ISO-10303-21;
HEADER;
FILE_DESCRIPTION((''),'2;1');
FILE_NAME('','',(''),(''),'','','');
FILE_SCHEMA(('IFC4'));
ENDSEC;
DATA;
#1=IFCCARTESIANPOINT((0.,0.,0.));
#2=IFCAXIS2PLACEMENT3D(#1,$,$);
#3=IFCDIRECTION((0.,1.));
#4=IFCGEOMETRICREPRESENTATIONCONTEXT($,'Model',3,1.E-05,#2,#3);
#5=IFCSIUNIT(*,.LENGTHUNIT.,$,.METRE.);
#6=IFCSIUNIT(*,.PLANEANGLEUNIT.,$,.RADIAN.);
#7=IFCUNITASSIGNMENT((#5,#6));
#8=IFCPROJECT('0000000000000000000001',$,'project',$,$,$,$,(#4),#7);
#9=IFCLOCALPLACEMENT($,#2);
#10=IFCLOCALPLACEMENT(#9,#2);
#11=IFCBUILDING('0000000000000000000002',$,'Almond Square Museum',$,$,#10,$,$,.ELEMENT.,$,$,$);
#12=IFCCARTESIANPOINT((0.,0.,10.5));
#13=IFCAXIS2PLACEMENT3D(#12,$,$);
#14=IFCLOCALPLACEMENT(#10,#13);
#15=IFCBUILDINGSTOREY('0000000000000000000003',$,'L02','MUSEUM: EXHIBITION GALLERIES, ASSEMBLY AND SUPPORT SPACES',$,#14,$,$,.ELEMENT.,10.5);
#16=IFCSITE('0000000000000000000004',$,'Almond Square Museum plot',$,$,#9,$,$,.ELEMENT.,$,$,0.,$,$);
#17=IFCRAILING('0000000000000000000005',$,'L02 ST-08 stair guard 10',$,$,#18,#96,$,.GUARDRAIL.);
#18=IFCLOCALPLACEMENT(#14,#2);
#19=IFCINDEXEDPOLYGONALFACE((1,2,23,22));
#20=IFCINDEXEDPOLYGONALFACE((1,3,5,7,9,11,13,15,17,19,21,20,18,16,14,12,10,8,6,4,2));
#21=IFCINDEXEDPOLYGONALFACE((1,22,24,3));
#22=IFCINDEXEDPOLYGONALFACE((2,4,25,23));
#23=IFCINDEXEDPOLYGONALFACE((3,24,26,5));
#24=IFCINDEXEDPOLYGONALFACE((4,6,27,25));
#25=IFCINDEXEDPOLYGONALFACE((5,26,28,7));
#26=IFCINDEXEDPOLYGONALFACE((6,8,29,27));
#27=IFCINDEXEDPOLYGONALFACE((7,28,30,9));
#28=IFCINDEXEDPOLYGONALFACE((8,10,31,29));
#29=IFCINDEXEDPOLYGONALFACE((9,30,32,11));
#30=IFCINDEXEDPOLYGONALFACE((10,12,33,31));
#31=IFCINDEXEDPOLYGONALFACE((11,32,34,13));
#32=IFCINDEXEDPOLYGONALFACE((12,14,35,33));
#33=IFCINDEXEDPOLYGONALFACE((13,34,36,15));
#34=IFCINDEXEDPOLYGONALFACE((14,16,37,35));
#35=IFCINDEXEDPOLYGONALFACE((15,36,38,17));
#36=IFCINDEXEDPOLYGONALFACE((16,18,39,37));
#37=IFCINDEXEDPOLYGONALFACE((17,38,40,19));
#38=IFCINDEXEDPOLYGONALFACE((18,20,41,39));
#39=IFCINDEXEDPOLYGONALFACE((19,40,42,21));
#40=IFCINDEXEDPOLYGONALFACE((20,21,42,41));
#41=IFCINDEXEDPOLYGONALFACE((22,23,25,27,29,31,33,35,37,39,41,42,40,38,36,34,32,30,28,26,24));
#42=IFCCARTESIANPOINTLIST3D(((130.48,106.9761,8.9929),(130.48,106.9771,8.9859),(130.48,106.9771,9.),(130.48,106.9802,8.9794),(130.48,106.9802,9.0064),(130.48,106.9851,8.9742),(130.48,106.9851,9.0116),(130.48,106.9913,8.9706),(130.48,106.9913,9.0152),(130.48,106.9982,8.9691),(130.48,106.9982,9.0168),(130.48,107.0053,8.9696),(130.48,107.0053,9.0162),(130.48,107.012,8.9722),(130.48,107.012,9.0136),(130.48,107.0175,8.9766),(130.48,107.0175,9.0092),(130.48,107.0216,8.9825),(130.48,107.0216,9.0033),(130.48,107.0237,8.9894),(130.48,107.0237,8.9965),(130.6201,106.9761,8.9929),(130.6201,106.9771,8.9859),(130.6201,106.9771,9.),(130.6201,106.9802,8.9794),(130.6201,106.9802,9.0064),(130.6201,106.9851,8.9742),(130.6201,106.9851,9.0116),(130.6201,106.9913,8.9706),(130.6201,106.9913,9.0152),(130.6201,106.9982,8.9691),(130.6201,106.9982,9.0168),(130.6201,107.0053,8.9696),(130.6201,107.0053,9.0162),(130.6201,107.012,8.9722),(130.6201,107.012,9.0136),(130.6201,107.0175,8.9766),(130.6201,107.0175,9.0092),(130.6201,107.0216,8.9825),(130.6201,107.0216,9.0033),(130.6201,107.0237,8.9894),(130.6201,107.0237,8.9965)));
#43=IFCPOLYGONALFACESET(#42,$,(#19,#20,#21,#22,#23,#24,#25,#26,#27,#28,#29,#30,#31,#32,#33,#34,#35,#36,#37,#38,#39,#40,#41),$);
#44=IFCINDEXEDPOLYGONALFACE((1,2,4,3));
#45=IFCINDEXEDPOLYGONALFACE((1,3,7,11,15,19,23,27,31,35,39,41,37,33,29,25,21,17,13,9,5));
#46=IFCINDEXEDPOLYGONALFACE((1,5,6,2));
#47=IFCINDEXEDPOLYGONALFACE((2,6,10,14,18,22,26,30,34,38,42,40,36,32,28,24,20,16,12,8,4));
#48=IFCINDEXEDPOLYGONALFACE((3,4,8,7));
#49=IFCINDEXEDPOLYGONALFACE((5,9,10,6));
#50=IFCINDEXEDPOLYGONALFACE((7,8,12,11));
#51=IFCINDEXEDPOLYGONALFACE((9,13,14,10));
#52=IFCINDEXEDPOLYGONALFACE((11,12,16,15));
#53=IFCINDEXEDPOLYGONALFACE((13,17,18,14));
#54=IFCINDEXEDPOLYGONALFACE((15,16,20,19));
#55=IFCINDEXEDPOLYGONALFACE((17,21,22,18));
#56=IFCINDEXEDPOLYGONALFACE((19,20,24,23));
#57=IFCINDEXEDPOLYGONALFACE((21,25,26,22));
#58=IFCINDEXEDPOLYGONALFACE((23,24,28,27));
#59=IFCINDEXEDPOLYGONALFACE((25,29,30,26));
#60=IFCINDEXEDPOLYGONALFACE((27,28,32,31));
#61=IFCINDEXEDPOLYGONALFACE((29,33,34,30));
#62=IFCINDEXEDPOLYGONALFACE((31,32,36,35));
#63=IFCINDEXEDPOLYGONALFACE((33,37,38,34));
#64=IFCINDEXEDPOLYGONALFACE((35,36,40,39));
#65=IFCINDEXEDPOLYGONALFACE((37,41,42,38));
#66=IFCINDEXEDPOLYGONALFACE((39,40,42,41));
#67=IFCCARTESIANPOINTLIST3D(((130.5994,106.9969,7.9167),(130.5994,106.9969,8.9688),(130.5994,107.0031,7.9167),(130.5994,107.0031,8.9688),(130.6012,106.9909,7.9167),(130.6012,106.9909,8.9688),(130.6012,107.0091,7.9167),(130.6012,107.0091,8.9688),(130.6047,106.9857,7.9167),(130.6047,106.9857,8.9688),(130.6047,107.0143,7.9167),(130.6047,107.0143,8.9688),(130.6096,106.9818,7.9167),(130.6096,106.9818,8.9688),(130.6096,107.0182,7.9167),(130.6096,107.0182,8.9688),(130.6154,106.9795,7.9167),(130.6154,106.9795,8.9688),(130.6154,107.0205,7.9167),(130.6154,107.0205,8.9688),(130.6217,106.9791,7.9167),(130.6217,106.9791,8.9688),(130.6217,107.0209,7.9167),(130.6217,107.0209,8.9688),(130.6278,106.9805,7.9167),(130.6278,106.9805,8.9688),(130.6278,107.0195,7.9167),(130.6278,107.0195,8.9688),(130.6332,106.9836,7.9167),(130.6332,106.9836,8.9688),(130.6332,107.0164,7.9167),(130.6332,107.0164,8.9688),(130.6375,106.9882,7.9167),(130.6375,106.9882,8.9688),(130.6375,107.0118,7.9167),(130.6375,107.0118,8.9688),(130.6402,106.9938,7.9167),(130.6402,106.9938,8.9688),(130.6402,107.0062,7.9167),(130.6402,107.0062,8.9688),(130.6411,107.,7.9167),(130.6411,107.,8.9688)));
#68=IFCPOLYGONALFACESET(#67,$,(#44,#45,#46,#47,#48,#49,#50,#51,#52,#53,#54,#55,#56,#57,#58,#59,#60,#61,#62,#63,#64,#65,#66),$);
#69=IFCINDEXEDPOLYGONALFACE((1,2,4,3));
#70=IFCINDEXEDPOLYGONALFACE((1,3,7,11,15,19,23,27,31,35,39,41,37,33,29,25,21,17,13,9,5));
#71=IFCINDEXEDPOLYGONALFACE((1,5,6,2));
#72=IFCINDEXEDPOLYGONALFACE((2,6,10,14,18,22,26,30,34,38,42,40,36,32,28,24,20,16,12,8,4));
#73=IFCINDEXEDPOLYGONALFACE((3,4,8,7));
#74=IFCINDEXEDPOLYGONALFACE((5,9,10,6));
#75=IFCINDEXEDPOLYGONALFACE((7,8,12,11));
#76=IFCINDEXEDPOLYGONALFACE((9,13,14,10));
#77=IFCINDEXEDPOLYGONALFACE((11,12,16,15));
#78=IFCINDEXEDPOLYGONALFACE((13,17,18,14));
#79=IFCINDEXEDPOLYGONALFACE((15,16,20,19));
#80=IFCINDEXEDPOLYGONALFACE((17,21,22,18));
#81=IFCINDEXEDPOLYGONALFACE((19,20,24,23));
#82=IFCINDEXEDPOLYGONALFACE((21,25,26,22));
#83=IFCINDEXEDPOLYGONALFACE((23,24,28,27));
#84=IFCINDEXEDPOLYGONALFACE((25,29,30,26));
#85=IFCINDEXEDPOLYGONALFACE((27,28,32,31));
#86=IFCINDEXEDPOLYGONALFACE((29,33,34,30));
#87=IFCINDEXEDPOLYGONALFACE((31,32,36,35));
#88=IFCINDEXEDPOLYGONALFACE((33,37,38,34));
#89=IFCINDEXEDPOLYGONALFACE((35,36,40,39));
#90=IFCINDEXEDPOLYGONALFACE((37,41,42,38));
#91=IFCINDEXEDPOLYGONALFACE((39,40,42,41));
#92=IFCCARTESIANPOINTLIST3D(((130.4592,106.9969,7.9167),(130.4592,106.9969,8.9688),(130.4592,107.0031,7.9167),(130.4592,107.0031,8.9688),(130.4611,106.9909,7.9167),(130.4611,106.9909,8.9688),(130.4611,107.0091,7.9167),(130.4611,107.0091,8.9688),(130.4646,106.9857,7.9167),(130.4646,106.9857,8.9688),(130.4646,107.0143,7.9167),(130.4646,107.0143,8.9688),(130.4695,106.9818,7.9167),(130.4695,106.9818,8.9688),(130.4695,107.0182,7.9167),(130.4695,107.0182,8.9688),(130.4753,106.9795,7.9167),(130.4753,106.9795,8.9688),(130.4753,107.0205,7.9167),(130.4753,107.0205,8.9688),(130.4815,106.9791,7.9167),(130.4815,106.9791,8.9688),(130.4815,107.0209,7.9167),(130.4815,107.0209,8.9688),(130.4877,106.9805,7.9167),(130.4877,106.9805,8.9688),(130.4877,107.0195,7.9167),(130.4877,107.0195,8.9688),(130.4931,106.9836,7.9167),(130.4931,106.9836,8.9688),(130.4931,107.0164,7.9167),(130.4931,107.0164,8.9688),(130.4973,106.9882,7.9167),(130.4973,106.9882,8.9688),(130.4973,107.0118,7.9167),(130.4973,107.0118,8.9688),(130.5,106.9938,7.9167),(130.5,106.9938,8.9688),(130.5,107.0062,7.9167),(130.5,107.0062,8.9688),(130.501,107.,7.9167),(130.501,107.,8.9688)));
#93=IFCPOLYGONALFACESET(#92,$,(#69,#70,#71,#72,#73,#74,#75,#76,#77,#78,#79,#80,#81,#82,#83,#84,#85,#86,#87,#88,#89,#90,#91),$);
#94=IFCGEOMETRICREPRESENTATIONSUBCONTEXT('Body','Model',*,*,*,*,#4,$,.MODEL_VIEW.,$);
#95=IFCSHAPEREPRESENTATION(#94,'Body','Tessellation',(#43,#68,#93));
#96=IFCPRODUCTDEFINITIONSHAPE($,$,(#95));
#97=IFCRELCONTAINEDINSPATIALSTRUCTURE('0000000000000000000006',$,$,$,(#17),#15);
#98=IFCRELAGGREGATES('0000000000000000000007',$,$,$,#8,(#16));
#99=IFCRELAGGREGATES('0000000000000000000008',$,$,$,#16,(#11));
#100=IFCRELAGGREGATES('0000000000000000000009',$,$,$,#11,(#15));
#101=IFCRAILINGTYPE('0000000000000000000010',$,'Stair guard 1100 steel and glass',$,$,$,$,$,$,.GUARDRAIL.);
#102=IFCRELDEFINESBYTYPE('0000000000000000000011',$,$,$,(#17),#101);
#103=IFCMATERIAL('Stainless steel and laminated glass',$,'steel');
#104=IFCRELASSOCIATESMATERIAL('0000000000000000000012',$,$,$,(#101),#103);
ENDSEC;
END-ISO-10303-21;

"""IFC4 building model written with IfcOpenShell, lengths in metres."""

from ifc_helpers import new_model, si_unit, direction, frame, origin, origin_2d, place, context, subcontext, project, spatial, circle, extrude, material, type_object, element, save


model = new_model("IFC4")

# Units and contexts
model_context = context("Model", 3, precision=1e-05, world=origin(), true_north=direction((0.0, 1.0)))
body_context = subcontext(model_context, "Body", "Model", "MODEL_VIEW")
ifc_project = project(units=[si_unit("LENGTHUNIT", "METRE"), si_unit("PLANEANGLEUNIT", "RADIAN")], contexts=[model_context])

# Site, building, storey
site_placement = place(None, origin())
site = spatial("IfcSite", under=ifc_project, at=site_placement, Name="Almond Square Museum plot", CompositionType="ELEMENT", RefElevation=0.0)
building_placement = place(site_placement, origin())
building = spatial("IfcBuilding", under=site, at=building_placement, Name="Almond Square Museum", CompositionType="ELEMENT")
storey_placement = place(building_placement, frame((0.0, 0.0, 10.5)))
storey = spatial("IfcBuildingStorey", under=building, at=storey_placement, Name="L02", Description="MUSEUM: EXHIBITION GALLERIES, ASSEMBLY AND SUPPORT SPACES", CompositionType="ELEMENT", Elevation=10.5)

# Railing
ifc_material_1 = material(Name="Stainless steel and laminated glass", Category="steel")
railing_type_1 = type_object("IfcRailingType", Name="Stair guard 1100 steel and glass", PredefinedType="GUARDRAIL", material=ifc_material_1)
railing_1_placement = place(storey_placement, frame((130.6201, 107.0, 7.9167)))
element("IfcRailing", 1, at=railing_1_placement, inside=storey, type_object=railing_type_1, Name="L02 ST-08 stair guard 10", PredefinedType="GUARDRAIL", context=body_context, shape_type="SweptSolid", body=[
    extrude(circle(Radius=0.0239, at=origin_2d()), frame((0.0, 0.0, 1.0762), z_axis=(-1.0, 0.0, 0.0), x_axis=(0.0, -1.0, 0.0)), (0.0, 0.0, 1.0), 0.1401),
    extrude(circle(Radius=0.021, at=origin_2d()), origin(), (0.0, 0.0, 1.0), 1.052),
    extrude(circle(Radius=0.021, at=origin_2d()), frame((-0.1401, 0.0, 0.0)), (0.0, 0.0, 1.0), 1.052),
])

save(model, "model.ifc")
